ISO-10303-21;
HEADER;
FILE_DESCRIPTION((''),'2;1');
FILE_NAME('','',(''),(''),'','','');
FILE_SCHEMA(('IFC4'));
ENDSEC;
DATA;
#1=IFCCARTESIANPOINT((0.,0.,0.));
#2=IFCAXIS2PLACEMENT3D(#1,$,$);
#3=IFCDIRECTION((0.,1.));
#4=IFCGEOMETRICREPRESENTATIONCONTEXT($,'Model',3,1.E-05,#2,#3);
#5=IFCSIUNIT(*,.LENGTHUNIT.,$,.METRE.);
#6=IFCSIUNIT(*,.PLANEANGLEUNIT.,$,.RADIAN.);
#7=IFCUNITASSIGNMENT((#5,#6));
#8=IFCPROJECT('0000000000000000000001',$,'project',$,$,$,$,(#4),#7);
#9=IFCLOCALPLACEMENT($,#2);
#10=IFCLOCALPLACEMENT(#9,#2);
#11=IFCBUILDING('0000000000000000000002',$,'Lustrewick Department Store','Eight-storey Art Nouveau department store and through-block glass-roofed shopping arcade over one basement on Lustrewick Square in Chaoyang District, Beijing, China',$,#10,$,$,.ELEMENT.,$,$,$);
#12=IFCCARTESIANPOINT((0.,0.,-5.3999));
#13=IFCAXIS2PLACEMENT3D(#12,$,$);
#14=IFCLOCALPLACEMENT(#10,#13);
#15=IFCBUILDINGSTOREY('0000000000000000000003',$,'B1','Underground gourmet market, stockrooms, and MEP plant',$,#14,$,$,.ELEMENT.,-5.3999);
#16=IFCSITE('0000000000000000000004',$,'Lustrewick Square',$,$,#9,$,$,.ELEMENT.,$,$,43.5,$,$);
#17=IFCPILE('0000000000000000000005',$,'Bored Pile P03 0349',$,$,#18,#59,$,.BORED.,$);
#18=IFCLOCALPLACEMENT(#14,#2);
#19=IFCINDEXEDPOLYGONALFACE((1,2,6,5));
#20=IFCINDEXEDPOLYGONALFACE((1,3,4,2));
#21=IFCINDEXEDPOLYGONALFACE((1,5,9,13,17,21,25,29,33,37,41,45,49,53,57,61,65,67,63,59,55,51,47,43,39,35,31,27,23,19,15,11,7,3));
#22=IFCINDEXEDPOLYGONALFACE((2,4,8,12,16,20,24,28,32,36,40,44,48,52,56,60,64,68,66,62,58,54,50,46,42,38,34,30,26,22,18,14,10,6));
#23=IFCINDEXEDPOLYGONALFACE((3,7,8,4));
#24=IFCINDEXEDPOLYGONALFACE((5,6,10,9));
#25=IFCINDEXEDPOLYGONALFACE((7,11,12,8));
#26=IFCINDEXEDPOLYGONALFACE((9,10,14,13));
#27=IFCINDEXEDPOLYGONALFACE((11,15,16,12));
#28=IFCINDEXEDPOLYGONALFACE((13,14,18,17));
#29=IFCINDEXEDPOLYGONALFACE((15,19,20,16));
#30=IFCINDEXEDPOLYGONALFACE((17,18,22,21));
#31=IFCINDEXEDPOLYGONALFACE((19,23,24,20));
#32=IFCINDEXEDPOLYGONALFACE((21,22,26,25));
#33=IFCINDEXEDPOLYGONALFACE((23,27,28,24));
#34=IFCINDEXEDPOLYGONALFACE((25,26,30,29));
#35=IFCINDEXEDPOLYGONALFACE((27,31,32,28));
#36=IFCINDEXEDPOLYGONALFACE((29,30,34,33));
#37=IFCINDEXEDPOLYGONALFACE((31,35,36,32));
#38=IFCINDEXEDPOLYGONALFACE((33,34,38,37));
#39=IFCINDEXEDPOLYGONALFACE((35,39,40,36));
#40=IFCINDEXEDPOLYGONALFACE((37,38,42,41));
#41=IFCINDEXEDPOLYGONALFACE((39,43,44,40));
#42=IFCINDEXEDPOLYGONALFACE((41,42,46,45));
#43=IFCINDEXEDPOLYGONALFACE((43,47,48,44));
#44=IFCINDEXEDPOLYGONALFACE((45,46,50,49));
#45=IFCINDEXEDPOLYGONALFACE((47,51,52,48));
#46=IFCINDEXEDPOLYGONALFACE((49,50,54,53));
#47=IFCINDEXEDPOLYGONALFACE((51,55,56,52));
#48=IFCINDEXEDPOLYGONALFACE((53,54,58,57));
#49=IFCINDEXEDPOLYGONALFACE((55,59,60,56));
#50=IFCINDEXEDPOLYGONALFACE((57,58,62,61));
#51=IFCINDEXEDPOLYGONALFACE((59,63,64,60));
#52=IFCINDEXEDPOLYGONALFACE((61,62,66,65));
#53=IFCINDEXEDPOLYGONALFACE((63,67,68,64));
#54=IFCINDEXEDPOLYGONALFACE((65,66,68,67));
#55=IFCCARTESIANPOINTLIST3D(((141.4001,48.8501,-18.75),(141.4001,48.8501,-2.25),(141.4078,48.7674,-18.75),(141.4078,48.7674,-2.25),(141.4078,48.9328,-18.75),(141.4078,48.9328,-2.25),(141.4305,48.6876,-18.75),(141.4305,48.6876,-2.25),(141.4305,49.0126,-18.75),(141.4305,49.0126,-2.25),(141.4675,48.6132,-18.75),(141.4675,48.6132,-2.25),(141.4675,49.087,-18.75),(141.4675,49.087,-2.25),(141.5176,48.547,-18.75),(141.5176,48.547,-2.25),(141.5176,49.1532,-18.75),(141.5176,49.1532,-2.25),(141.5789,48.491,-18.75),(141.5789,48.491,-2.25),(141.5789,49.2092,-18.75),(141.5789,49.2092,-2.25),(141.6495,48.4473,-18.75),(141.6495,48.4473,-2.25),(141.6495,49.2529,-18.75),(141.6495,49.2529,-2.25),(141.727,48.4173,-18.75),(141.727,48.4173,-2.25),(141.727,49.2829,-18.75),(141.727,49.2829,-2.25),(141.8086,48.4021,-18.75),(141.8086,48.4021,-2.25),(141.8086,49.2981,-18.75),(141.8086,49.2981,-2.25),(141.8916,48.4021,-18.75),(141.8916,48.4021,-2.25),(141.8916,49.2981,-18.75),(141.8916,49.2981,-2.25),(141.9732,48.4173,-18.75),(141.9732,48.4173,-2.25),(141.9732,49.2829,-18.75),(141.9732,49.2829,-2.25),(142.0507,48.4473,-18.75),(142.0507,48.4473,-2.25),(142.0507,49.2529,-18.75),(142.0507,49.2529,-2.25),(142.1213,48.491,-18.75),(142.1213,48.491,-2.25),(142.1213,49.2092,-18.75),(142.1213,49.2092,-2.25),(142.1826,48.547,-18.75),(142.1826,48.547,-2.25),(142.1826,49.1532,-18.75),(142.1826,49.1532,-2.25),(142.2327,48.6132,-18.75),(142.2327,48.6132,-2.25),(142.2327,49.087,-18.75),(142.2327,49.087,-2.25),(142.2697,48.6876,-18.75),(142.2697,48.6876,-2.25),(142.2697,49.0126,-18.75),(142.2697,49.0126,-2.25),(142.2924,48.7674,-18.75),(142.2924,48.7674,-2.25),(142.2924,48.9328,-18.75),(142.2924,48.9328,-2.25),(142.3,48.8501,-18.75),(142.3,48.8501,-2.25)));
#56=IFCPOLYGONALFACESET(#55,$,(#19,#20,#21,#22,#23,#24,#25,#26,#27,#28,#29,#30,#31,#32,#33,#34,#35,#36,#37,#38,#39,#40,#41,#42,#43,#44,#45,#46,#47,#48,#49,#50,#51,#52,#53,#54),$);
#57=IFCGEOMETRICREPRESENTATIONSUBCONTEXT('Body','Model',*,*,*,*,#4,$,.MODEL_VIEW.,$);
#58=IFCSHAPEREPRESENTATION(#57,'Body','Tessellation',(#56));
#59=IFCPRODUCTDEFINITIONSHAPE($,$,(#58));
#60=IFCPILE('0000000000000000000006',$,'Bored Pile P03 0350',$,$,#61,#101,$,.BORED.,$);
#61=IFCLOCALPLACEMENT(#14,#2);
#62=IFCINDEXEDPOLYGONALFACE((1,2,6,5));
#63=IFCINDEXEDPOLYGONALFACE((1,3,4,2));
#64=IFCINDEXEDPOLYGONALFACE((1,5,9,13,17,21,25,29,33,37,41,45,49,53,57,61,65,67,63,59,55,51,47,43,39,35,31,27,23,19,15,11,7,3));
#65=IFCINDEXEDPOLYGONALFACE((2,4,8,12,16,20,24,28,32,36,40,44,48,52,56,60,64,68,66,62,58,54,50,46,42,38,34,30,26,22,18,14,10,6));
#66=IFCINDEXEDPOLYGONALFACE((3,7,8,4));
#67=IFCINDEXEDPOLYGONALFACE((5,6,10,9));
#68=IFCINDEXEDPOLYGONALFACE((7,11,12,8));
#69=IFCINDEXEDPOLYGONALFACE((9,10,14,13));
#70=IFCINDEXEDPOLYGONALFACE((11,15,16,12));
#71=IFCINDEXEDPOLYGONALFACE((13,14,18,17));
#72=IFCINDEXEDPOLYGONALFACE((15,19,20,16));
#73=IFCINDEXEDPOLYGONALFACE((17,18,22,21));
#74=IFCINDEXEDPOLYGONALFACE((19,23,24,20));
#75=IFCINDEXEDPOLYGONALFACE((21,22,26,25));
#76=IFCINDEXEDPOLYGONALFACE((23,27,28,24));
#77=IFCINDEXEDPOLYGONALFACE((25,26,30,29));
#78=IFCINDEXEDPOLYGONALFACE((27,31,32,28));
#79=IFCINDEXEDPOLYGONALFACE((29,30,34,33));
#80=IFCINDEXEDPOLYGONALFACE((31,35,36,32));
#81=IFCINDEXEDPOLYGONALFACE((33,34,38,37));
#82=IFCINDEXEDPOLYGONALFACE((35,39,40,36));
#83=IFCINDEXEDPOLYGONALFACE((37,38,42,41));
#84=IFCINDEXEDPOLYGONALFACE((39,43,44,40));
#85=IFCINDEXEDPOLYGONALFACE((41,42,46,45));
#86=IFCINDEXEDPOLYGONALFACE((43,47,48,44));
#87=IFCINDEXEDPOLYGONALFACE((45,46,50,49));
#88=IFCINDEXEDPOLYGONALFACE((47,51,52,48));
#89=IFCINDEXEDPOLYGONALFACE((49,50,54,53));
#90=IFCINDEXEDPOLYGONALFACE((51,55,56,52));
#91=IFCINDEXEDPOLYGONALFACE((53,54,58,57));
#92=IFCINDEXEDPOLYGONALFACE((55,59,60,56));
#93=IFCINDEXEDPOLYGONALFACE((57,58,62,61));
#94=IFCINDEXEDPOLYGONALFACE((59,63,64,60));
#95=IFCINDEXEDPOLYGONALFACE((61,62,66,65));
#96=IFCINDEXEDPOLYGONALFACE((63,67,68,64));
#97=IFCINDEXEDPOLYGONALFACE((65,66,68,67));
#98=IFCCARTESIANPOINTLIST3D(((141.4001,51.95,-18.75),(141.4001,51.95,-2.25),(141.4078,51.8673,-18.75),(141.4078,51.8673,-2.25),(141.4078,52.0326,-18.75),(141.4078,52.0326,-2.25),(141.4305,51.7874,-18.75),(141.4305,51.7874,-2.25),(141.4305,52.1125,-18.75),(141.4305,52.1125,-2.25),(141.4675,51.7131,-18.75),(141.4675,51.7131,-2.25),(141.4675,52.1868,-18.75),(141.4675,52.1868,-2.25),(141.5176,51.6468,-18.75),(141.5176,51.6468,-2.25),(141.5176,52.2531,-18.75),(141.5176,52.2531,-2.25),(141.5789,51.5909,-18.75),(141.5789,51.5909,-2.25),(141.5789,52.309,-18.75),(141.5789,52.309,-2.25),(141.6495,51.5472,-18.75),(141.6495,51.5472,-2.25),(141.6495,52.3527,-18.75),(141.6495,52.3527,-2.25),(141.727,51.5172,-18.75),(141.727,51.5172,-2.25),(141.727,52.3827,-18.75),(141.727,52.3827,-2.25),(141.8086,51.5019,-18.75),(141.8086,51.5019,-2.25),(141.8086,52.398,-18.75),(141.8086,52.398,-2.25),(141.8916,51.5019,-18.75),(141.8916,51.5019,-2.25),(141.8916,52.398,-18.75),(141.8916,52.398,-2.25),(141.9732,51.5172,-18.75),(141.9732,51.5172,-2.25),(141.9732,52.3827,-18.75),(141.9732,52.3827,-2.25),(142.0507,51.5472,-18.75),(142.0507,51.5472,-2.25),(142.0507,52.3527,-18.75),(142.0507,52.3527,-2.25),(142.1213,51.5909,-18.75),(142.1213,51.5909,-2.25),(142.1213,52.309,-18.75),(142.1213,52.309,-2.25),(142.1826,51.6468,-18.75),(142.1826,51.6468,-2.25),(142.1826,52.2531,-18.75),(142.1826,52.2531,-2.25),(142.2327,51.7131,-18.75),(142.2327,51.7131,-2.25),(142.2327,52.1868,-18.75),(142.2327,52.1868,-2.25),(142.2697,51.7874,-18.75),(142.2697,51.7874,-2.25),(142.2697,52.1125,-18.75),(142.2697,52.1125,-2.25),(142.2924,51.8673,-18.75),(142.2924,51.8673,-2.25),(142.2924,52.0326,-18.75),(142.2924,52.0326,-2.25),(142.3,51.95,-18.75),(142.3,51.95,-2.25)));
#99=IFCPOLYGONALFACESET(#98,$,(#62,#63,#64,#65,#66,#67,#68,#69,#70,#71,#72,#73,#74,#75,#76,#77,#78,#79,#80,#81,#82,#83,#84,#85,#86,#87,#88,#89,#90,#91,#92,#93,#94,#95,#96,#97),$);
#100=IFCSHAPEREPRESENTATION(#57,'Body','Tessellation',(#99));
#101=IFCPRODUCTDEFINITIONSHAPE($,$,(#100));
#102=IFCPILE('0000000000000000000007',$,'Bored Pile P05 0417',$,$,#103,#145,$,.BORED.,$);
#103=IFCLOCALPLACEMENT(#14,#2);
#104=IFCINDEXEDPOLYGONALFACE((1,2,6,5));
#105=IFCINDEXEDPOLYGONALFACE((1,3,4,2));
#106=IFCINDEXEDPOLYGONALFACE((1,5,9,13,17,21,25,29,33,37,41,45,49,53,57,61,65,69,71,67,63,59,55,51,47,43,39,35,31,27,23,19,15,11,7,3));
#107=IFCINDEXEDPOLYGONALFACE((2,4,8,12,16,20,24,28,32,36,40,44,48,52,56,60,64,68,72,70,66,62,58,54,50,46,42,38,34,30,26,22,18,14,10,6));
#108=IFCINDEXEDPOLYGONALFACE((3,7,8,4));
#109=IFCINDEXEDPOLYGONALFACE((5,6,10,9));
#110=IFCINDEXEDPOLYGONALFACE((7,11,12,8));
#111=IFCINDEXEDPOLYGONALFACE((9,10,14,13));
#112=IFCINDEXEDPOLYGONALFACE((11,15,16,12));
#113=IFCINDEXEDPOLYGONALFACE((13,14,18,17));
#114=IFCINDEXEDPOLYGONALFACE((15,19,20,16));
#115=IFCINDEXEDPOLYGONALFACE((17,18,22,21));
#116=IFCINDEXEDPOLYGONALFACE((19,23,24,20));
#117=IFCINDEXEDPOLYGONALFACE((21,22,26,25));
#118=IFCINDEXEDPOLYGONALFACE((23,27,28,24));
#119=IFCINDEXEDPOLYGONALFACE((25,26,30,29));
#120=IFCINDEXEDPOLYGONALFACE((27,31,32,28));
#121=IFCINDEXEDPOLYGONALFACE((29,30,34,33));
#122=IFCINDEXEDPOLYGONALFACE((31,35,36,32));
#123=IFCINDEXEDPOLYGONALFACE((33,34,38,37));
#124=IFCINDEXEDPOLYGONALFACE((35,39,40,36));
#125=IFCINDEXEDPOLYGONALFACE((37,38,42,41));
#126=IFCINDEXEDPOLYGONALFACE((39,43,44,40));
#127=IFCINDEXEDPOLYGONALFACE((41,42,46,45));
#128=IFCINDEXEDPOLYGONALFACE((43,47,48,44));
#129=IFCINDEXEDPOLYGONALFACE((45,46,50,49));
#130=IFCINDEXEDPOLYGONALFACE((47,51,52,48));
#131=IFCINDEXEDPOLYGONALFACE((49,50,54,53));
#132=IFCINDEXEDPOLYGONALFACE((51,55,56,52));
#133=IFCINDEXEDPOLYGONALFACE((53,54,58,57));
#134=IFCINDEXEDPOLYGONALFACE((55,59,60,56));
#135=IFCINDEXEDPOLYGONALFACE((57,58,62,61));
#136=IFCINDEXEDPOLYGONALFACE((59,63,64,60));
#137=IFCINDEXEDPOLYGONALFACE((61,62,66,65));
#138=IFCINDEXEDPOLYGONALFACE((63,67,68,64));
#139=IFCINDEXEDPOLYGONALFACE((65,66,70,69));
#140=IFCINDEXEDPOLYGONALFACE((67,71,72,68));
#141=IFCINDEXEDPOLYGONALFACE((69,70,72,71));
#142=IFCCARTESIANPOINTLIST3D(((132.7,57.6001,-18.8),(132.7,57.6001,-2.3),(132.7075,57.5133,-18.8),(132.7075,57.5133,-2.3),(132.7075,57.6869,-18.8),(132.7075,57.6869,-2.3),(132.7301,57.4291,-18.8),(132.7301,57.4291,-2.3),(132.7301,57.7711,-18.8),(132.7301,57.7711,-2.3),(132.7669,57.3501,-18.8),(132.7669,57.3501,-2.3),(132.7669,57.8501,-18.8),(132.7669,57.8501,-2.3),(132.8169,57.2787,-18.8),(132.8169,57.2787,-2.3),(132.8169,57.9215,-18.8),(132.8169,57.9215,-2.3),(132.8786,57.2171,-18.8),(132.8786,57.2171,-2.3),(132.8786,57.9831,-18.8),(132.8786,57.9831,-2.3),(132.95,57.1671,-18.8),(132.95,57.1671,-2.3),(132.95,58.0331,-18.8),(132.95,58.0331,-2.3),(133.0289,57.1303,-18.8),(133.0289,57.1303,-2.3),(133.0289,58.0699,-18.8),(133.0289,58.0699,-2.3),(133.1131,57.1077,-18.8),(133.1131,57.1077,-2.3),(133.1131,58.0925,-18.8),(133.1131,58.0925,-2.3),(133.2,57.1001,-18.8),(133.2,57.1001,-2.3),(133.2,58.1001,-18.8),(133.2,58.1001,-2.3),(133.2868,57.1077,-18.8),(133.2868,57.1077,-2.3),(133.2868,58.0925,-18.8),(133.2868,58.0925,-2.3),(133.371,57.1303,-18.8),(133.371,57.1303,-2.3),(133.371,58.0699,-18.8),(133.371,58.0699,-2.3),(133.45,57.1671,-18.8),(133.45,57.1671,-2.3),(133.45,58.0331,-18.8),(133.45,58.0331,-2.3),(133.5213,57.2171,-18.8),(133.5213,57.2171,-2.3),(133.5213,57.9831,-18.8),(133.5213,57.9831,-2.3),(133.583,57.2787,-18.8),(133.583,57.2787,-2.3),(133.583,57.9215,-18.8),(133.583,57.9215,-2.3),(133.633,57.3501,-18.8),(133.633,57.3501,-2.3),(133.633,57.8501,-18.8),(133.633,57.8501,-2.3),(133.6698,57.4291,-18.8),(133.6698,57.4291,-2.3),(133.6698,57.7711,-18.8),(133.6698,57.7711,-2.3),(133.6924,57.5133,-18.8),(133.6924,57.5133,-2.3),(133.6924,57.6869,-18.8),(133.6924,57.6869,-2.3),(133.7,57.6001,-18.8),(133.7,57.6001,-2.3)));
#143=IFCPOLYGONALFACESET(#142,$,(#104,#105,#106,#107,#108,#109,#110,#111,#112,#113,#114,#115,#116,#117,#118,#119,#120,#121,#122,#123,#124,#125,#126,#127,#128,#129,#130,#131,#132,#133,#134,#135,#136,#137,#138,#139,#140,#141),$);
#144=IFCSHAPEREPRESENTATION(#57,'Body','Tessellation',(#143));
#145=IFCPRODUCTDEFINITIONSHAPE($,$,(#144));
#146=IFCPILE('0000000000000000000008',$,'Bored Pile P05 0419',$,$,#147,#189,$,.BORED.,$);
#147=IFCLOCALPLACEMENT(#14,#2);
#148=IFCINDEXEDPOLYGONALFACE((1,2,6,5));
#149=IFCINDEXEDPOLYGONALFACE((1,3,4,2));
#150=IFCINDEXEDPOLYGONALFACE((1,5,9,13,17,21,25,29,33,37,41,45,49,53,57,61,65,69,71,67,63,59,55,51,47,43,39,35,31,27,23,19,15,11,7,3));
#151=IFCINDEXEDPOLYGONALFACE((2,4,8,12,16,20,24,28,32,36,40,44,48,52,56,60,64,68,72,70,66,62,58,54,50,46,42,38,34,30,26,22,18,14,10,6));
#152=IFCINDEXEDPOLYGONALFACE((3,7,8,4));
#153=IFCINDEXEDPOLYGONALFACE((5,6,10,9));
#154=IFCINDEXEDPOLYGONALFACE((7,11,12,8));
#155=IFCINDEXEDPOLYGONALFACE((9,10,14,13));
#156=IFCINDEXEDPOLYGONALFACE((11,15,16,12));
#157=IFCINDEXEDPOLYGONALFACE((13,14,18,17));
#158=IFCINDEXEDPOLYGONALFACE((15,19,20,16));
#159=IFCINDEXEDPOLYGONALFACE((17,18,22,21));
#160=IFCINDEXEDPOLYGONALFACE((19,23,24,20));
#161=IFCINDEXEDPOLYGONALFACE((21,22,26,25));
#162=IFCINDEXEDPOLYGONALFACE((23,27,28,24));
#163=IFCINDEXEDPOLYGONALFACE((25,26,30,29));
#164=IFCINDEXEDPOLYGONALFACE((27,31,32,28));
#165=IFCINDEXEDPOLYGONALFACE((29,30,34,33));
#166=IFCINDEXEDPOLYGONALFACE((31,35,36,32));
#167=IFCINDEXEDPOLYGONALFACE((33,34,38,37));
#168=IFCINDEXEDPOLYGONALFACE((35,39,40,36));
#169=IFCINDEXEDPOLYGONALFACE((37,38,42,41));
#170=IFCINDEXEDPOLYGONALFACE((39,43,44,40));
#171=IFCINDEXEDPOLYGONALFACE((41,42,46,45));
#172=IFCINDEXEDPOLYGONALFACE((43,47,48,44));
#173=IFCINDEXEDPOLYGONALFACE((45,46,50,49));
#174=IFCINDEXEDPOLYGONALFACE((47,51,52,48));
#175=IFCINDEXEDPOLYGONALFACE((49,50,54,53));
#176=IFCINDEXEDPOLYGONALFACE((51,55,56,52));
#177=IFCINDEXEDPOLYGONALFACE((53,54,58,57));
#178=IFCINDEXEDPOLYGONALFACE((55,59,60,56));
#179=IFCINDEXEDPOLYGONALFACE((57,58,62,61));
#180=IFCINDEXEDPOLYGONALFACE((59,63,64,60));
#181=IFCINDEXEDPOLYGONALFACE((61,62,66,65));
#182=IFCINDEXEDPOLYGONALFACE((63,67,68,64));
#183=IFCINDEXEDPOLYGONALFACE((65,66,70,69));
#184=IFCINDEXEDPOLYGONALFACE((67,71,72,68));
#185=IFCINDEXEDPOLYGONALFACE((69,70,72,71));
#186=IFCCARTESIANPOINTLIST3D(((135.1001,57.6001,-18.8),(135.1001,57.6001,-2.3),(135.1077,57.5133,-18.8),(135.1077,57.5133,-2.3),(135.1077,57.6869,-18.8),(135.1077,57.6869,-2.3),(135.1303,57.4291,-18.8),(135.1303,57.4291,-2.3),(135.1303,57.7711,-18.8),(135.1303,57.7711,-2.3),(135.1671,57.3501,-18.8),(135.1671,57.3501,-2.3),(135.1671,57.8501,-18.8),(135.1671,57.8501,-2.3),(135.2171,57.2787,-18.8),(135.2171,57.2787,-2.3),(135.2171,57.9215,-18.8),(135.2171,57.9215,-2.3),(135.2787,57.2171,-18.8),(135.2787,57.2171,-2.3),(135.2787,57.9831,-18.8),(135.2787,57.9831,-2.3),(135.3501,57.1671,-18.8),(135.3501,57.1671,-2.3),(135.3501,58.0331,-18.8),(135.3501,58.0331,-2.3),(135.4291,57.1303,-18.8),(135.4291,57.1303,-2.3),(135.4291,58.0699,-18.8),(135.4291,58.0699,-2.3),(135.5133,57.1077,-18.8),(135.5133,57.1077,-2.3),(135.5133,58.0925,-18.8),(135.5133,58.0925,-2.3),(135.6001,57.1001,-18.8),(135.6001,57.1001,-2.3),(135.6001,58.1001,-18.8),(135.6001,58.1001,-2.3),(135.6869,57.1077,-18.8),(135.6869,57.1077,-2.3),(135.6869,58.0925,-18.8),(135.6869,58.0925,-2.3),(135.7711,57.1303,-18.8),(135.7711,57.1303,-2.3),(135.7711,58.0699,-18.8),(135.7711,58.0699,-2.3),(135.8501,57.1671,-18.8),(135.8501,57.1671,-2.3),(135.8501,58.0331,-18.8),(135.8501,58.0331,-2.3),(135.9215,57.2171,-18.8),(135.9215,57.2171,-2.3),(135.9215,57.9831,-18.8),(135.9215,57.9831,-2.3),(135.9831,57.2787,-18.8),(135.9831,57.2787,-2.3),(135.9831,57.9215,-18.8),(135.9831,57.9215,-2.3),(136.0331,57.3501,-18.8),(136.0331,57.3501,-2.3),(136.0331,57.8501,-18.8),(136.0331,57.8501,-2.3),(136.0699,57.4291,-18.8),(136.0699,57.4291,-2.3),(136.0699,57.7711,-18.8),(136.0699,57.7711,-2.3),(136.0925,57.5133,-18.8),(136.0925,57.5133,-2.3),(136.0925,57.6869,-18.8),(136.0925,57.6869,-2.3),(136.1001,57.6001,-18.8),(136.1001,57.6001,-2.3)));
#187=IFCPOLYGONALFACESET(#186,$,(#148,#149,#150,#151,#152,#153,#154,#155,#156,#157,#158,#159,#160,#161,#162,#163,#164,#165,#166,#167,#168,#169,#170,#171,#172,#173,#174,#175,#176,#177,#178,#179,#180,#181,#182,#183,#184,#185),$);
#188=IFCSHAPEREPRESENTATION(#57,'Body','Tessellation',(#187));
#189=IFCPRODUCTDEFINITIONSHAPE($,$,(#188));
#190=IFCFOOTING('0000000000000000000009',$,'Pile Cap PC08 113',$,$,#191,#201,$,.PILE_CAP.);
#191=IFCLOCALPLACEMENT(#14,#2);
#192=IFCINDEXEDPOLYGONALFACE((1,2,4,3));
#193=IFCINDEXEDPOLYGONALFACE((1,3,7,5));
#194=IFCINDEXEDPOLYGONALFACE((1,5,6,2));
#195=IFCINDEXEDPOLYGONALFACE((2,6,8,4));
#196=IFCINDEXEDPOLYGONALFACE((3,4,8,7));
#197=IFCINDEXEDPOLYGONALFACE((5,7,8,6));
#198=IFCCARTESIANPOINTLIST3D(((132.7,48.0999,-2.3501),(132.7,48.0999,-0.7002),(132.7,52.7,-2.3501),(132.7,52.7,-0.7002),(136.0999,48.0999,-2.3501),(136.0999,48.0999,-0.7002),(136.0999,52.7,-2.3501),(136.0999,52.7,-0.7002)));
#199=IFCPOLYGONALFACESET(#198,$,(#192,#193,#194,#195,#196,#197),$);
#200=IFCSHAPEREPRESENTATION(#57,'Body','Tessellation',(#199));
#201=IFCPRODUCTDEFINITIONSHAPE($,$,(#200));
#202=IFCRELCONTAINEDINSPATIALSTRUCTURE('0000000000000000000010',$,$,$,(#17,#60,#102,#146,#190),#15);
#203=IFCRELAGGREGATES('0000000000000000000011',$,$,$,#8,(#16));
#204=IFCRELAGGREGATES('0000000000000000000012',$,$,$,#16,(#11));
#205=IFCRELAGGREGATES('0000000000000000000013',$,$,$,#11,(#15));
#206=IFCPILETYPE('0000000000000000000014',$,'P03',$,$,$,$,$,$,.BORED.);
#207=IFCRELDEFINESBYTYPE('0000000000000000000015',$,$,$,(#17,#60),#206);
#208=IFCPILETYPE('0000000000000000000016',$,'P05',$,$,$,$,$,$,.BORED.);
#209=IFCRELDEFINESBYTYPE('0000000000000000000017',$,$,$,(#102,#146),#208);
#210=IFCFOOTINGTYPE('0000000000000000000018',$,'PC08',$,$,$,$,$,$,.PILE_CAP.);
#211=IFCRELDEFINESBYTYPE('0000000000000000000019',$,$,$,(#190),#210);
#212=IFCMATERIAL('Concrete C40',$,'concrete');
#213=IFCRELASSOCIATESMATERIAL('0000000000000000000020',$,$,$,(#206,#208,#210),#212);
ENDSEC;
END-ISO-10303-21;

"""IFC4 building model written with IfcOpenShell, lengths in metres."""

from ifc_helpers import new_model, si_unit, direction, frame, origin, origin_2d, place, context, subcontext, project, spatial, rectangle, circle, extrude, material, material_profile, profile_set, type_object, element, save


model = new_model("IFC4")

# Units and contexts
model_context = context("Model", 3, precision=1e-05, world=origin(), true_north=direction((0.0, 1.0)))
body_context = subcontext(model_context, "Body", "Model", "MODEL_VIEW")
ifc_project = project(units=[si_unit("LENGTHUNIT", "METRE"), si_unit("PLANEANGLEUNIT", "RADIAN")], contexts=[model_context])

# Site, building, storey
site_placement = place(None, origin())
site = spatial("IfcSite", under=ifc_project, at=site_placement, Name="Lustrewick Square", CompositionType="ELEMENT", RefElevation=43.5)
building_placement = place(site_placement, origin())
building = spatial("IfcBuilding", under=site, at=building_placement, Name="Lustrewick Department Store", Description="Eight-storey Art Nouveau department store and through-block glass-roofed shopping arcade over one basement on Lustrewick Square in Chaoyang District, Beijing, China", CompositionType="ELEMENT")
storey_placement = place(building_placement, frame((0.0, 0.0, -5.3999)))
storey = spatial("IfcBuildingStorey", under=building, at=storey_placement, Name="B1", Description="Underground gourmet market, stockrooms, and MEP plant", CompositionType="ELEMENT", Elevation=-5.3999)

# Piles
ifc_material_1 = material(Name="Concrete C40", Category="concrete")
ifc_material_profile_1 = material_profile(ifc_material_1, circle(Radius=0.45, at=origin_2d()), Name="PILE D900")
ifc_profile_set_1 = profile_set([ifc_material_profile_1], Name="Concrete C40")
pile_type_1 = type_object("IfcPileType", Name="P03", PredefinedType="BORED", material=ifc_profile_set_1)
for number, where, z_axis, x_axis, name in (
    (1, (141.8501, 48.8501, -2.25), (0.0, 0.0, -1.0), (1.0, 0.0, 0.0), "Bored Pile P03 0349"),
    (2, (141.8501, 51.95, -2.25), (0.0, 0.0, -1.0), (1.0, 0.0, 0.0), "Bored Pile P03 0350"),
):
    element("IfcPile", number, at=place(storey_placement, frame(where, z_axis=z_axis, x_axis=x_axis)), inside=storey, type_object=pile_type_1, Name=name, PredefinedType="BORED", context=body_context, shape_type="SweptSolid", body=[
        extrude(circle(Radius=0.45, at=origin_2d()), origin(), (0.0, 0.0, 1.0), 16.5),
    ])
ifc_material_profile_2 = material_profile(ifc_material_1, circle(Radius=0.5, at=origin_2d()), Name="PILE D1000")
ifc_profile_set_2 = profile_set([ifc_material_profile_2], Name="Concrete C40")
pile_type_2 = type_object("IfcPileType", Name="P05", PredefinedType="BORED", material=ifc_profile_set_2)
for number, where, z_axis, x_axis, name in (
    (3, (133.2, 57.6001, -2.3), (0.0, 0.0, -1.0), (1.0, 0.0, 0.0), "Bored Pile P05 0417"),
    (4, (135.6001, 57.6001, -2.3), (0.0, 0.0, -1.0), (1.0, 0.0, 0.0), "Bored Pile P05 0419"),
):
    element("IfcPile", number, at=place(storey_placement, frame(where, z_axis=z_axis, x_axis=x_axis)), inside=storey, type_object=pile_type_2, Name=name, PredefinedType="BORED", context=body_context, shape_type="SweptSolid", body=[
        extrude(circle(Radius=0.5, at=origin_2d()), origin(), (0.0, 0.0, 1.0), 16.5),
    ])

# Footing
footing_type = type_object("IfcFootingType", Name="PC08", PredefinedType="PILE_CAP", material=ifc_material_1)
footing_placement = place(storey_placement, frame((134.3999, 50.3999, -2.3501), z_axis=(0.0, 0.0, 1.0), x_axis=(1.0, 0.0, 0.0)))
element("IfcFooting", 5, at=footing_placement, inside=storey, type_object=footing_type, Name="Pile Cap PC08 113", PredefinedType="PILE_CAP", context=body_context, shape_type="SweptSolid", body=[
    extrude(rectangle(XDim=3.3999, YDim=4.6001, at=origin_2d()), origin(), (0.0, 0.0, 1.0), 1.6499),
])

save(model, "model.ifc")
